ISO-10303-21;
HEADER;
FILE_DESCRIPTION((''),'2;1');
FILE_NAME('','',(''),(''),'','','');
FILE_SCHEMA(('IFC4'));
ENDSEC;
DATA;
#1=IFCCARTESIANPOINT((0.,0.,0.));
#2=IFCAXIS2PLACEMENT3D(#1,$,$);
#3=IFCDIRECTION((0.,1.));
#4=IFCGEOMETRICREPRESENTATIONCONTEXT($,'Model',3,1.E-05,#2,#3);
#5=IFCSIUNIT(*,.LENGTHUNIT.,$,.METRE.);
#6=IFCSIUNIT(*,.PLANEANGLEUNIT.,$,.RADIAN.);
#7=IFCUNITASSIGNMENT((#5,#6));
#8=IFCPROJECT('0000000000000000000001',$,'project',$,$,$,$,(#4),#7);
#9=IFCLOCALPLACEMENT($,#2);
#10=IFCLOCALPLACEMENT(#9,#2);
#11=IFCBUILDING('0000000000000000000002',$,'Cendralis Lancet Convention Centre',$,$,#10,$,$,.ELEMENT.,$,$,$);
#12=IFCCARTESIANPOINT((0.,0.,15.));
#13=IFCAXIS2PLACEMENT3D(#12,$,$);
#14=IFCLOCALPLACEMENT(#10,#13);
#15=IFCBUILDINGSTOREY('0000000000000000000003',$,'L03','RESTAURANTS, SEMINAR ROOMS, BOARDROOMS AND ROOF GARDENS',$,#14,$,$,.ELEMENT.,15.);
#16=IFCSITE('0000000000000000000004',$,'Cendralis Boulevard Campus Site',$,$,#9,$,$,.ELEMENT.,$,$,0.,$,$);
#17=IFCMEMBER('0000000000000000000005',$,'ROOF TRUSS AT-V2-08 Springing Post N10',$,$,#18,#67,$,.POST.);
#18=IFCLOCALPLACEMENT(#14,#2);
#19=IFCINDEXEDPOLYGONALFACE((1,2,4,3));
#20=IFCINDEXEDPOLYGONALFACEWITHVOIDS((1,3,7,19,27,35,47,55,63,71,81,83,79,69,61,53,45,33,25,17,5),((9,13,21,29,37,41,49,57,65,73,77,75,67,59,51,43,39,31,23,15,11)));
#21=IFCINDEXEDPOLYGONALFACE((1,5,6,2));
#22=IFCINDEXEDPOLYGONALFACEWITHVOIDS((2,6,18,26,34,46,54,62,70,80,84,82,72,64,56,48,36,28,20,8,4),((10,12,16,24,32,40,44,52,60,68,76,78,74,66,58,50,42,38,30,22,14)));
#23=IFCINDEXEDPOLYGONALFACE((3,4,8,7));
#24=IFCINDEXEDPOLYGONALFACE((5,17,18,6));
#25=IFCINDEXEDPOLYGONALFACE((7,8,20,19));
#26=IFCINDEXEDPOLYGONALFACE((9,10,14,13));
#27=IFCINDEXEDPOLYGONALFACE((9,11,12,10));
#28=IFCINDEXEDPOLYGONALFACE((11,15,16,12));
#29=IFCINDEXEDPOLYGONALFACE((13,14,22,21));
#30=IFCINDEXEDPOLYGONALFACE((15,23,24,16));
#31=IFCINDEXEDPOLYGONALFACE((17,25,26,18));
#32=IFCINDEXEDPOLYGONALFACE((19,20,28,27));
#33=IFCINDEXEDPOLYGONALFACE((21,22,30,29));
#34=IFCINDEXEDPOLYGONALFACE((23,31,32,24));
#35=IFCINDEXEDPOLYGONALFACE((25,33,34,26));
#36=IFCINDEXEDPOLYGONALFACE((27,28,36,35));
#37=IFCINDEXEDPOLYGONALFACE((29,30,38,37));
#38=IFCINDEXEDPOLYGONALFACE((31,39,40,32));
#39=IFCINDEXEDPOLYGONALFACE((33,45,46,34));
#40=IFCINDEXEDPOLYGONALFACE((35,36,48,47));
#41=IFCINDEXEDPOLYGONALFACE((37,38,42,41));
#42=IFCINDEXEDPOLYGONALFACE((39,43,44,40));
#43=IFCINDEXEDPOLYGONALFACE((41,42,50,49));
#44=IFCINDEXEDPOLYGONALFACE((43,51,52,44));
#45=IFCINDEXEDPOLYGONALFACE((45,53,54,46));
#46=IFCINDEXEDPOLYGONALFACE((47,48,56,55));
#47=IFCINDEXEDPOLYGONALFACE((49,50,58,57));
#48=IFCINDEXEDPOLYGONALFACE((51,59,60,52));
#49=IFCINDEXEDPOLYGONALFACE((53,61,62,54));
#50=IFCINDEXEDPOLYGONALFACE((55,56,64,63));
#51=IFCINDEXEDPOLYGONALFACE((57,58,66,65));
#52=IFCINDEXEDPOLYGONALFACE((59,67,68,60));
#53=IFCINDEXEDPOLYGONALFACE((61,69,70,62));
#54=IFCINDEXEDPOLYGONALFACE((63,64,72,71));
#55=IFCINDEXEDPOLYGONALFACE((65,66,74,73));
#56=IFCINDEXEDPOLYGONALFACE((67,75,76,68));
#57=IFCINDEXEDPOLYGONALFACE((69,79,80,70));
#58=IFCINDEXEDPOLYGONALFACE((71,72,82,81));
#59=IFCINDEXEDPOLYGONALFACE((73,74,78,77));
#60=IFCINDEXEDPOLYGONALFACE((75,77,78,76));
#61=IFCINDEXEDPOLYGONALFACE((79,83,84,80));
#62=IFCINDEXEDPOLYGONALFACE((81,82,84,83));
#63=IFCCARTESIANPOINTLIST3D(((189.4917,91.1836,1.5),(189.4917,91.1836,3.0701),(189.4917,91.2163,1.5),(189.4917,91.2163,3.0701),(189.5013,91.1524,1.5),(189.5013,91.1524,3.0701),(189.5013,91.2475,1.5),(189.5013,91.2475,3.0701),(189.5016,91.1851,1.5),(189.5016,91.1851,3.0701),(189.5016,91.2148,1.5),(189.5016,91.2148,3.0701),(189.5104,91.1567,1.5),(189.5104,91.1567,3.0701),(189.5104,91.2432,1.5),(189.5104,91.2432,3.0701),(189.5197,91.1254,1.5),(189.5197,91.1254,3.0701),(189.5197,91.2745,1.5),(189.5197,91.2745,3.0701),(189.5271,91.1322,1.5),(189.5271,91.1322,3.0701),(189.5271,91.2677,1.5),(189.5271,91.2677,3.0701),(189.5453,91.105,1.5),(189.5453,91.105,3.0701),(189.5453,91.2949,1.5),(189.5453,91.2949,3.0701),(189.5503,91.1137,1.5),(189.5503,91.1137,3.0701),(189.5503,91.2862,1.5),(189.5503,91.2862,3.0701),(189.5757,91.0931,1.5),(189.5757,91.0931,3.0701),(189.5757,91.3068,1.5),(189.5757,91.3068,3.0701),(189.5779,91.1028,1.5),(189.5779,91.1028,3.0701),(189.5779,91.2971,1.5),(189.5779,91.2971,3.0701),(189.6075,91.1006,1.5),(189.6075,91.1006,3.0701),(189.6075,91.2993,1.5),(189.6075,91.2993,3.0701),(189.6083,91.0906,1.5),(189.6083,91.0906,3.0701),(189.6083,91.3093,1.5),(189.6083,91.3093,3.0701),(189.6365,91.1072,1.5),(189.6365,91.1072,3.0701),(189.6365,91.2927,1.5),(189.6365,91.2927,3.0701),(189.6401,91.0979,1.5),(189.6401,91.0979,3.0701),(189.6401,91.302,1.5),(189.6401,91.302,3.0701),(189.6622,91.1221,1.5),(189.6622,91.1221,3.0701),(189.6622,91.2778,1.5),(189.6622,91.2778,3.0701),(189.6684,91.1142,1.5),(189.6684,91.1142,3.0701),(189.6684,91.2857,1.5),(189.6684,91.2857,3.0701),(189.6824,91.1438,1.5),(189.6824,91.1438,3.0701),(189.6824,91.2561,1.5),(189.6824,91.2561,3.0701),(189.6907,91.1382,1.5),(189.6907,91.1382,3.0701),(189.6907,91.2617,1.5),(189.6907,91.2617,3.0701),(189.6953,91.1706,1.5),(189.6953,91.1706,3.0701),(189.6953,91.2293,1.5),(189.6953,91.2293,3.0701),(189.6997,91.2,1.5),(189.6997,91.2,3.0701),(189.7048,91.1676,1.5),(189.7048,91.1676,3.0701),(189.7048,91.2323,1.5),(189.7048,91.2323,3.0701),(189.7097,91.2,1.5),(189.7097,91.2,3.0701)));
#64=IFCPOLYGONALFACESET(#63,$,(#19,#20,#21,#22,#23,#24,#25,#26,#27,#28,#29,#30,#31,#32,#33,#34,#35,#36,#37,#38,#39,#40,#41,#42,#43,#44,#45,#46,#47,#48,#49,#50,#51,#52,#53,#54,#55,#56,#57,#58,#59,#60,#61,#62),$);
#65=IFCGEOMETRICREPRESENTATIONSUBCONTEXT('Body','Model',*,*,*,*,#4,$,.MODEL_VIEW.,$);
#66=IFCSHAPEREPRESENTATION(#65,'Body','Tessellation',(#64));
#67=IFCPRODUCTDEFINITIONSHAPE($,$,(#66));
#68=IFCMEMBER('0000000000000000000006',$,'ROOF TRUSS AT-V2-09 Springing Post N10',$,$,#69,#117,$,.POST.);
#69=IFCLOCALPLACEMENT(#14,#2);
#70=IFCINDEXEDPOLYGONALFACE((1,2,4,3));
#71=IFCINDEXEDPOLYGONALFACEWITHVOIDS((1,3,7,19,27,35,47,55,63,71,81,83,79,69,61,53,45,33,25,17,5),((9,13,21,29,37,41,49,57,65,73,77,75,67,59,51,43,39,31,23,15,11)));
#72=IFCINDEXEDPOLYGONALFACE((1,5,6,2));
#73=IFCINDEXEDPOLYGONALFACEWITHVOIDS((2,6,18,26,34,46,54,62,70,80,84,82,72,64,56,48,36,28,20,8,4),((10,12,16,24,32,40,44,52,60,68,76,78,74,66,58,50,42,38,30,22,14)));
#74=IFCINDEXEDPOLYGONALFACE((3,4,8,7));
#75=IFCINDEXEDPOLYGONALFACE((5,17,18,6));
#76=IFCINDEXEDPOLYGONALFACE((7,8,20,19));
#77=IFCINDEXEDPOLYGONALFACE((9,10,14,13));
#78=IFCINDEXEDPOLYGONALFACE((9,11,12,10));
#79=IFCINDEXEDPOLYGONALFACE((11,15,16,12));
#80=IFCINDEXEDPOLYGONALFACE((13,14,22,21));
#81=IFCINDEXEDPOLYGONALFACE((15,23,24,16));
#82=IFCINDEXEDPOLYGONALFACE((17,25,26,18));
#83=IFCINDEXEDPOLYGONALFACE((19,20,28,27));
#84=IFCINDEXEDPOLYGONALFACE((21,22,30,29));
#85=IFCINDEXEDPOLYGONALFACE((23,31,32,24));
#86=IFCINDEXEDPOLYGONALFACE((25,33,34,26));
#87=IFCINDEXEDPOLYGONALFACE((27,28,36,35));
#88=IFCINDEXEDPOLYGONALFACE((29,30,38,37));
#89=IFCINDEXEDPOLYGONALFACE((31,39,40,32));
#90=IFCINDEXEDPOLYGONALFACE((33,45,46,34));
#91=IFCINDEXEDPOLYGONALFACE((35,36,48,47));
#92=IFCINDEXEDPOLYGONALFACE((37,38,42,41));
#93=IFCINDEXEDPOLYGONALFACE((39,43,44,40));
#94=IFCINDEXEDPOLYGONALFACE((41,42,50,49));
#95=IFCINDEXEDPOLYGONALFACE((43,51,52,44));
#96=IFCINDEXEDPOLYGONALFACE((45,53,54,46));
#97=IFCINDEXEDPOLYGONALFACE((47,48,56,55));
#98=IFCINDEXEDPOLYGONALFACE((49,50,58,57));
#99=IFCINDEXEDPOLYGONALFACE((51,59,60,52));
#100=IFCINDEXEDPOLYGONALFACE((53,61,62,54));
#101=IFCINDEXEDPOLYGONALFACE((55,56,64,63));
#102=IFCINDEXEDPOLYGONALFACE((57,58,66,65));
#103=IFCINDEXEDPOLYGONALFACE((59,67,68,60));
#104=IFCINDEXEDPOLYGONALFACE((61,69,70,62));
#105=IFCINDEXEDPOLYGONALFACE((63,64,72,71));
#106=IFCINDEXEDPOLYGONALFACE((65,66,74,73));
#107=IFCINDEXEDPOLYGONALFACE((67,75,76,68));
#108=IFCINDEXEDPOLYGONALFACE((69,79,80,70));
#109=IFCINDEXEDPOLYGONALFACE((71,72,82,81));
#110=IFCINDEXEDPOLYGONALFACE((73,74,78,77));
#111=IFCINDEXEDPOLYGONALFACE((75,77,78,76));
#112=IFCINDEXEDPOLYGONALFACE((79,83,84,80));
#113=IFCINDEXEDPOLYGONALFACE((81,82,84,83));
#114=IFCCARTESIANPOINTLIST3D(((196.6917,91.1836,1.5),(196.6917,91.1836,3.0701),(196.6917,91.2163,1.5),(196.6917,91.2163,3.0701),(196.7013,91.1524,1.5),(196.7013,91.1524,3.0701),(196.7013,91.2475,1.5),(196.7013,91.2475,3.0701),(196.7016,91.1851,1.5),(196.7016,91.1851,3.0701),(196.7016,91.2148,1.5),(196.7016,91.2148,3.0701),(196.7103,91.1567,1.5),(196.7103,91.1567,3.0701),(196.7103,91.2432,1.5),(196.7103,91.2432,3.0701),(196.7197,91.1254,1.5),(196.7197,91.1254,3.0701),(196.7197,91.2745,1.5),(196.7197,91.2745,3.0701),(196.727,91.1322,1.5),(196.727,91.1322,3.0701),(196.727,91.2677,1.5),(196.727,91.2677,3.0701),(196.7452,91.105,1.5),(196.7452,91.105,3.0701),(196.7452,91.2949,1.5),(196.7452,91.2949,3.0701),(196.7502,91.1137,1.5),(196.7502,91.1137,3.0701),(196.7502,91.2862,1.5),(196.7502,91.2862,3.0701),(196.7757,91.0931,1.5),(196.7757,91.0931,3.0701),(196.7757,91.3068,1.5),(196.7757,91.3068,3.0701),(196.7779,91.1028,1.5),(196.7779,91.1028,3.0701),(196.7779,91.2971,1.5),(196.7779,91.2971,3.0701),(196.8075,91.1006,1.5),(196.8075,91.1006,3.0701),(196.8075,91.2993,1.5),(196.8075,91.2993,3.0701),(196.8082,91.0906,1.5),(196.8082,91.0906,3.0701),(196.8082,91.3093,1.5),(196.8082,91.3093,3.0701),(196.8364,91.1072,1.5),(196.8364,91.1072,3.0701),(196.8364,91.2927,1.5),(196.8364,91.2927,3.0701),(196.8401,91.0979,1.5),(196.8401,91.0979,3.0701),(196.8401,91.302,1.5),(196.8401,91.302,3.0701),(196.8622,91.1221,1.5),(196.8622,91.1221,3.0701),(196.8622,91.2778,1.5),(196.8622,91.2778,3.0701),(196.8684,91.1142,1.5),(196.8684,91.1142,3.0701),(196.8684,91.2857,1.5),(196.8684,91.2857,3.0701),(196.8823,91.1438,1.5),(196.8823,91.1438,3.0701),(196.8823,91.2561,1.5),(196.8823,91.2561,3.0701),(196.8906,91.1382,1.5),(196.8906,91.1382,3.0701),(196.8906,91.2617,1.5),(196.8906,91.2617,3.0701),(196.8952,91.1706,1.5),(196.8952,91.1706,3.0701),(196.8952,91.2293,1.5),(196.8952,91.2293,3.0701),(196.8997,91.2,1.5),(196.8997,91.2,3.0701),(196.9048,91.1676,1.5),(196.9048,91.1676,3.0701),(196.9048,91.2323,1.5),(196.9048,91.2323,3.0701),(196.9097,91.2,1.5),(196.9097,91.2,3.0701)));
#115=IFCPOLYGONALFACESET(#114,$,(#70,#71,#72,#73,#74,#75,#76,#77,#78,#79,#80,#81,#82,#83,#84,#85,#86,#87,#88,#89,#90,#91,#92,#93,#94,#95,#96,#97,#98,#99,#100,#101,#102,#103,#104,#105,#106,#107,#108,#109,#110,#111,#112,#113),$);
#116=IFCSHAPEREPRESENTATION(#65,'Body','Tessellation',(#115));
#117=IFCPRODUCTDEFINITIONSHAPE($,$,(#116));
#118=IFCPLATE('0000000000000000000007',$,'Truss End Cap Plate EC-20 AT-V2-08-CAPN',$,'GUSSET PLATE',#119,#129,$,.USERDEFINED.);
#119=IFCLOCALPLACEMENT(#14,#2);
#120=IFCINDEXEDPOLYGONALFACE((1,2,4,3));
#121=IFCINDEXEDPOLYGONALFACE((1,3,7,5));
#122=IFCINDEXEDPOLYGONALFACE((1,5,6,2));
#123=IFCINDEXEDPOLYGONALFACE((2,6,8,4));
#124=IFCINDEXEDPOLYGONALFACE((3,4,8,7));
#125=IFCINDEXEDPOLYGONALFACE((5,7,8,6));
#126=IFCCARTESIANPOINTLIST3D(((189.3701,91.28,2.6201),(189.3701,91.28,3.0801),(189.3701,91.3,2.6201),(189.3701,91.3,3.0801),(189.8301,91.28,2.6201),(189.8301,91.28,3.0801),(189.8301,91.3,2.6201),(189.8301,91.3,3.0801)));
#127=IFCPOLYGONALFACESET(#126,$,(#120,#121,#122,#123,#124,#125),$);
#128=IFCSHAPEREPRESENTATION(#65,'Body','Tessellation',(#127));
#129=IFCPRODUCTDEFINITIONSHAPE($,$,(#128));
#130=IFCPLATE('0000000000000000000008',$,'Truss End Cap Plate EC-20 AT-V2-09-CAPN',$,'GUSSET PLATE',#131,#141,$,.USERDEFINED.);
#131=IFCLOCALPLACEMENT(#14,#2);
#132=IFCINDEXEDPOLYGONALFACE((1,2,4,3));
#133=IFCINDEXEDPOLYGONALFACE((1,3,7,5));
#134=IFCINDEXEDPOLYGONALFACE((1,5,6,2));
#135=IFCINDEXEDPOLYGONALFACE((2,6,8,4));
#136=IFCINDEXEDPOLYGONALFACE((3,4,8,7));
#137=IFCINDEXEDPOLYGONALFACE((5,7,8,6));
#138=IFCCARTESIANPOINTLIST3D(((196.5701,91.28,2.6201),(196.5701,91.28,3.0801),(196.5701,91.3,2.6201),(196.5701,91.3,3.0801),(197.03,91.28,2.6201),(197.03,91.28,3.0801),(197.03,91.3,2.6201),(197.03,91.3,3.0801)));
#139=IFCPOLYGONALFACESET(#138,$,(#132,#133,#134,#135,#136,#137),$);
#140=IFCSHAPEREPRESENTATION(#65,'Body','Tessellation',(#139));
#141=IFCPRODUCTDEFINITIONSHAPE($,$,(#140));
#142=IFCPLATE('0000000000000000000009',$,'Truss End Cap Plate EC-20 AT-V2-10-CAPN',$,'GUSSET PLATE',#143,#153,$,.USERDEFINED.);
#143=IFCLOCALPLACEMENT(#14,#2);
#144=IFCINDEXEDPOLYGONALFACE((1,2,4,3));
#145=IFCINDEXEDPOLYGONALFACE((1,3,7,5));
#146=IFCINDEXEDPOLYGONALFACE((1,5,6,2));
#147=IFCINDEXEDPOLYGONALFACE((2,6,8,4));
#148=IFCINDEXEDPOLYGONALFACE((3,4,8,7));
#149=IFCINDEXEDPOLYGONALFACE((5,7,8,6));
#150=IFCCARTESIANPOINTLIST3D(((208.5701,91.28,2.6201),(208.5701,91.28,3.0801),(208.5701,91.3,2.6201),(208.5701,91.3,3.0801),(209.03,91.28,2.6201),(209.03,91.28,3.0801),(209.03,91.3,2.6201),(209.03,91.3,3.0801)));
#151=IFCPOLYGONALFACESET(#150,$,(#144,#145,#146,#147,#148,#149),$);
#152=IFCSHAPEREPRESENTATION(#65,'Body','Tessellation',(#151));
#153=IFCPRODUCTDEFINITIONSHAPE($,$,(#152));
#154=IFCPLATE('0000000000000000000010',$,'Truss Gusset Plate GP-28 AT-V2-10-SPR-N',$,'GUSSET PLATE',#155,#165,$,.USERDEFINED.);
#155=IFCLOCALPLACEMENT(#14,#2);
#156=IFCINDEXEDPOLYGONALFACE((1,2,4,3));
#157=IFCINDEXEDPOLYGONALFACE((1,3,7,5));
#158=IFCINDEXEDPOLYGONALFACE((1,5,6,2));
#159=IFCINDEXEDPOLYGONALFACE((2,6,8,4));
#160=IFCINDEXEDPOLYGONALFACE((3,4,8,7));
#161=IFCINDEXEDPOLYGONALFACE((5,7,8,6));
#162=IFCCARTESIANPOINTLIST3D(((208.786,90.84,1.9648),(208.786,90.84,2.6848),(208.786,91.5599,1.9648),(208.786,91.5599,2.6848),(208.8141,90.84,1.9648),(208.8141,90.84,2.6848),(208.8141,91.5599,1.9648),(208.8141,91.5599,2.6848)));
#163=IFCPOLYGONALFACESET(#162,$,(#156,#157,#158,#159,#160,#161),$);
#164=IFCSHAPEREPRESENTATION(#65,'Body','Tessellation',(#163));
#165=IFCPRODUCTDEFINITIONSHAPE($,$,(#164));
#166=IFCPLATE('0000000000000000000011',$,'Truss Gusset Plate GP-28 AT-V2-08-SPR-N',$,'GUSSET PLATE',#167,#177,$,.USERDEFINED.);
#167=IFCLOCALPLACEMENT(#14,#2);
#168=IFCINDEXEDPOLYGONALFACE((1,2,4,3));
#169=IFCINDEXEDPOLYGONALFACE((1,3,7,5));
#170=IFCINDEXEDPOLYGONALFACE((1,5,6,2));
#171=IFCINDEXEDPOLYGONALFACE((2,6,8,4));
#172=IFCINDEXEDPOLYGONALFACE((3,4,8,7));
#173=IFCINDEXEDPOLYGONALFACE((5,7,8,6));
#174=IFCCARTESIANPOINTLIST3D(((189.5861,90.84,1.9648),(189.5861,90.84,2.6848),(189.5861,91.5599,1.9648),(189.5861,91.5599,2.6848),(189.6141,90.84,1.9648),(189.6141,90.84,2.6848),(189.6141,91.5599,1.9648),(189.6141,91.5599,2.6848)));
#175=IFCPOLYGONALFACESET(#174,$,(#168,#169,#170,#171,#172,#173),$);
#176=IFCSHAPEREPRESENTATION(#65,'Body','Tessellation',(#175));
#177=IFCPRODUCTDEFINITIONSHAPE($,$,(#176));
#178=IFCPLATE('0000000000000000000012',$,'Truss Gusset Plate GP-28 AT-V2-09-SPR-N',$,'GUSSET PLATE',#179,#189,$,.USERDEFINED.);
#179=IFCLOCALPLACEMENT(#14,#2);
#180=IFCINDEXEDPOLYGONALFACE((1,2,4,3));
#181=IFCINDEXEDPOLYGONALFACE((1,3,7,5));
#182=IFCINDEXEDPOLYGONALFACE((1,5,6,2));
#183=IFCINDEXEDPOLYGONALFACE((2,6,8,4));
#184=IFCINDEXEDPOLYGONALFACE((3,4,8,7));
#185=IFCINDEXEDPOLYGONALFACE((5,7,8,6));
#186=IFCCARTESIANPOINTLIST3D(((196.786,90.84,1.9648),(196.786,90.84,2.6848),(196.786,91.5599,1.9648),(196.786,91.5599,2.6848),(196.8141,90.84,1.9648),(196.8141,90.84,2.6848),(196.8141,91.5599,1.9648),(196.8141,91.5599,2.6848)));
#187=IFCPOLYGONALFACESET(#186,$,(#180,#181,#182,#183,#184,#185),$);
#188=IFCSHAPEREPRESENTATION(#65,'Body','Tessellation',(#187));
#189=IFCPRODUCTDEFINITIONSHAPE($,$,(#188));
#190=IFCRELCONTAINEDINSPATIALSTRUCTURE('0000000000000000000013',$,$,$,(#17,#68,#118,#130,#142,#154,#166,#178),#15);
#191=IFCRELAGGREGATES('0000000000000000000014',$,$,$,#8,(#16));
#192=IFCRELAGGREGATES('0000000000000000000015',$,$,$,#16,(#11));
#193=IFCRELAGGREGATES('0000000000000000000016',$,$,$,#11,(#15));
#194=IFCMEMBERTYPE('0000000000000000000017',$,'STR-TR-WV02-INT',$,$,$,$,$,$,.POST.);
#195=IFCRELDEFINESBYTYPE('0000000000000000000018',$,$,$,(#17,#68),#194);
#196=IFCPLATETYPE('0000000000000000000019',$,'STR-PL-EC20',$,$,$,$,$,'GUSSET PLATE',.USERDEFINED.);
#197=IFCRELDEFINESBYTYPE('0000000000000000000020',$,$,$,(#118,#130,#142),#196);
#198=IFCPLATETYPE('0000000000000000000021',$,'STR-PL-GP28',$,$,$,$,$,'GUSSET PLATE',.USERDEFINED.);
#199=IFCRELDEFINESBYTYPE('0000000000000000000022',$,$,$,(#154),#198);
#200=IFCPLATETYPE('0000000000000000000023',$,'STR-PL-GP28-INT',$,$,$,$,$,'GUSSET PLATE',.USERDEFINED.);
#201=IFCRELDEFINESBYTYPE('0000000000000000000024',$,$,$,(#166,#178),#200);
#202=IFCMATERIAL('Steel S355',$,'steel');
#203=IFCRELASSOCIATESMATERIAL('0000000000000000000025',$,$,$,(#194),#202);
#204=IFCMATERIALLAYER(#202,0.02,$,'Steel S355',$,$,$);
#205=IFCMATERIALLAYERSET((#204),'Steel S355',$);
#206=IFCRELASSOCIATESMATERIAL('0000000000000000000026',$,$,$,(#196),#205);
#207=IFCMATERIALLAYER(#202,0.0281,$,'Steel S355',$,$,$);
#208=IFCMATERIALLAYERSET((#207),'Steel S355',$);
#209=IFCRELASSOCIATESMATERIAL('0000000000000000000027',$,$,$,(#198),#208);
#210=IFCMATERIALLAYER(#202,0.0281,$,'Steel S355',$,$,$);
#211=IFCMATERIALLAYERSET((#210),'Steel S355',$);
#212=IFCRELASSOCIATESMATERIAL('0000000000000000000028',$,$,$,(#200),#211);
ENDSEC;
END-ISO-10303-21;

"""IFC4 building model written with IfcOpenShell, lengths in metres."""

from ifc_helpers import new_model, si_unit, direction, frame, origin, origin_2d, place, context, subcontext, project, spatial, rectangle, hollow_circle, extrude, material, layer, layer_set, material_profile, profile_set, type_object, element, save


model = new_model("IFC4")

# Units and contexts
model_context = context("Model", 3, precision=1e-05, world=origin(), true_north=direction((0.0, 1.0)))
body_context = subcontext(model_context, "Body", "Model", "MODEL_VIEW")
ifc_project = project(units=[si_unit("LENGTHUNIT", "METRE"), si_unit("PLANEANGLEUNIT", "RADIAN")], contexts=[model_context])

# Site, building, storey
site_placement = place(None, origin())
site = spatial("IfcSite", under=ifc_project, at=site_placement, Name="Cendralis Boulevard Campus Site", CompositionType="ELEMENT", RefElevation=0.0)
building_placement = place(site_placement, origin())
building = spatial("IfcBuilding", under=site, at=building_placement, Name="Cendralis Lancet Convention Centre", CompositionType="ELEMENT")
storey_placement = place(building_placement, frame((0.0, 0.0, 15.0)))
storey = spatial("IfcBuildingStorey", under=building, at=storey_placement, Name="L03", Description="RESTAURANTS, SEMINAR ROOMS, BOARDROOMS AND ROOF GARDENS", CompositionType="ELEMENT", Elevation=15.0)

# Shared definitions
ifc_material_1 = material(Name="Steel S355", Category="steel")

# Members
ifc_material_profile_1 = material_profile(ifc_material_1, hollow_circle(Radius=0.1096, WallThickness=0.01, at=origin_2d()), Name="CHS 219.1x10.0")
ifc_profile_set_1 = profile_set([ifc_material_profile_1], Name="Steel S355")
member_type_1 = type_object("IfcMemberType", Name="STR-TR-WV02-INT", PredefinedType="POST", material=ifc_profile_set_1)
for number, where, z_axis, x_axis, name in (
    (1, (189.6001, 91.2, 1.5), (0.0, 0.0, 1.0), (1.0, 0.0, 0.0), "ROOF TRUSS AT-V2-08 Springing Post N10"),
    (2, (196.8, 91.2, 1.5), (0.0, 0.0, 1.0), (1.0, 0.0, 0.0), "ROOF TRUSS AT-V2-09 Springing Post N10"),
):
    element("IfcMember", number, at=place(storey_placement, frame(where, z_axis=z_axis, x_axis=x_axis)), inside=storey, type_object=member_type_1, Name=name, PredefinedType="POST", context=body_context, shape_type="SweptSolid", body=[
        extrude(hollow_circle(Radius=0.1096, WallThickness=0.01, at=origin_2d()), origin(), (0.0, 0.0, 1.0), 1.5701),
    ])

# Plates
ifc_layer_1 = layer(ifc_material_1, 0.02, Name="Steel S355")
ifc_layer_set_1 = layer_set([ifc_layer_1], Name="Steel S355")
plate_type_1 = type_object("IfcPlateType", Name="STR-PL-EC20", ElementType="GUSSET PLATE", PredefinedType="USERDEFINED", material=ifc_layer_set_1)
for number, where, z_axis, x_axis, name in (
    (3, (189.6001, 91.29, 2.6201), (0.0, 0.0, 1.0), (1.0, 0.0, 0.0), "Truss End Cap Plate EC-20 AT-V2-08-CAPN"),
    (4, (196.8, 91.29, 2.6201), (0.0, 0.0, 1.0), (1.0, 0.0, 0.0), "Truss End Cap Plate EC-20 AT-V2-09-CAPN"),
    (5, (208.8, 91.29, 2.6201), (0.0, 0.0, 1.0), (1.0, 0.0, 0.0), "Truss End Cap Plate EC-20 AT-V2-10-CAPN"),
):
    element("IfcPlate", number, at=place(storey_placement, frame(where, z_axis=z_axis, x_axis=x_axis)), inside=storey, type_object=plate_type_1, Name=name, ObjectType="GUSSET PLATE", PredefinedType="USERDEFINED", context=body_context, shape_type="SweptSolid", body=[
        extrude(rectangle(XDim=0.46, YDim=0.02, at=origin_2d()), origin(), (0.0, 0.0, 1.0), 0.46),
    ])
ifc_layer_2 = layer(ifc_material_1, 0.0281, Name="Steel S355")
ifc_layer_set_2 = layer_set([ifc_layer_2], Name="Steel S355")
plate_type_2 = type_object("IfcPlateType", Name="STR-PL-GP28", ElementType="GUSSET PLATE", PredefinedType="USERDEFINED", material=ifc_layer_set_2)
plate_placement = place(storey_placement, frame((208.8, 91.2, 1.9648), z_axis=(0.0, 0.0, 1.0), x_axis=(0.0, 1.0, 0.0)))
element("IfcPlate", 6, at=plate_placement, inside=storey, type_object=plate_type_2, Name="Truss Gusset Plate GP-28 AT-V2-10-SPR-N", ObjectType="GUSSET PLATE", PredefinedType="USERDEFINED", context=body_context, shape_type="SweptSolid", body=[
    extrude(rectangle(XDim=0.72, YDim=0.0281, at=origin_2d()), origin(), (0.0, 0.0, 1.0), 0.72),
])
ifc_layer_3 = layer(ifc_material_1, 0.0281, Name="Steel S355")
ifc_layer_set_3 = layer_set([ifc_layer_3], Name="Steel S355")
plate_type_3 = type_object("IfcPlateType", Name="STR-PL-GP28-INT", ElementType="GUSSET PLATE", PredefinedType="USERDEFINED", material=ifc_layer_set_3)
for number, where, z_axis, x_axis, name in (
    (7, (189.6001, 91.2, 1.9648), (0.0, 0.0, 1.0), (0.0, 1.0, 0.0), "Truss Gusset Plate GP-28 AT-V2-08-SPR-N"),
    (8, (196.8, 91.2, 1.9648), (0.0, 0.0, 1.0), (0.0, 1.0, 0.0), "Truss Gusset Plate GP-28 AT-V2-09-SPR-N"),
):
    element("IfcPlate", number, at=place(storey_placement, frame(where, z_axis=z_axis, x_axis=x_axis)), inside=storey, type_object=plate_type_3, Name=name, ObjectType="GUSSET PLATE", PredefinedType="USERDEFINED", context=body_context, shape_type="SweptSolid", body=[
        extrude(rectangle(XDim=0.72, YDim=0.0281, at=origin_2d()), origin(), (0.0, 0.0, 1.0), 0.72),
    ])

save(model, "model.ifc")
